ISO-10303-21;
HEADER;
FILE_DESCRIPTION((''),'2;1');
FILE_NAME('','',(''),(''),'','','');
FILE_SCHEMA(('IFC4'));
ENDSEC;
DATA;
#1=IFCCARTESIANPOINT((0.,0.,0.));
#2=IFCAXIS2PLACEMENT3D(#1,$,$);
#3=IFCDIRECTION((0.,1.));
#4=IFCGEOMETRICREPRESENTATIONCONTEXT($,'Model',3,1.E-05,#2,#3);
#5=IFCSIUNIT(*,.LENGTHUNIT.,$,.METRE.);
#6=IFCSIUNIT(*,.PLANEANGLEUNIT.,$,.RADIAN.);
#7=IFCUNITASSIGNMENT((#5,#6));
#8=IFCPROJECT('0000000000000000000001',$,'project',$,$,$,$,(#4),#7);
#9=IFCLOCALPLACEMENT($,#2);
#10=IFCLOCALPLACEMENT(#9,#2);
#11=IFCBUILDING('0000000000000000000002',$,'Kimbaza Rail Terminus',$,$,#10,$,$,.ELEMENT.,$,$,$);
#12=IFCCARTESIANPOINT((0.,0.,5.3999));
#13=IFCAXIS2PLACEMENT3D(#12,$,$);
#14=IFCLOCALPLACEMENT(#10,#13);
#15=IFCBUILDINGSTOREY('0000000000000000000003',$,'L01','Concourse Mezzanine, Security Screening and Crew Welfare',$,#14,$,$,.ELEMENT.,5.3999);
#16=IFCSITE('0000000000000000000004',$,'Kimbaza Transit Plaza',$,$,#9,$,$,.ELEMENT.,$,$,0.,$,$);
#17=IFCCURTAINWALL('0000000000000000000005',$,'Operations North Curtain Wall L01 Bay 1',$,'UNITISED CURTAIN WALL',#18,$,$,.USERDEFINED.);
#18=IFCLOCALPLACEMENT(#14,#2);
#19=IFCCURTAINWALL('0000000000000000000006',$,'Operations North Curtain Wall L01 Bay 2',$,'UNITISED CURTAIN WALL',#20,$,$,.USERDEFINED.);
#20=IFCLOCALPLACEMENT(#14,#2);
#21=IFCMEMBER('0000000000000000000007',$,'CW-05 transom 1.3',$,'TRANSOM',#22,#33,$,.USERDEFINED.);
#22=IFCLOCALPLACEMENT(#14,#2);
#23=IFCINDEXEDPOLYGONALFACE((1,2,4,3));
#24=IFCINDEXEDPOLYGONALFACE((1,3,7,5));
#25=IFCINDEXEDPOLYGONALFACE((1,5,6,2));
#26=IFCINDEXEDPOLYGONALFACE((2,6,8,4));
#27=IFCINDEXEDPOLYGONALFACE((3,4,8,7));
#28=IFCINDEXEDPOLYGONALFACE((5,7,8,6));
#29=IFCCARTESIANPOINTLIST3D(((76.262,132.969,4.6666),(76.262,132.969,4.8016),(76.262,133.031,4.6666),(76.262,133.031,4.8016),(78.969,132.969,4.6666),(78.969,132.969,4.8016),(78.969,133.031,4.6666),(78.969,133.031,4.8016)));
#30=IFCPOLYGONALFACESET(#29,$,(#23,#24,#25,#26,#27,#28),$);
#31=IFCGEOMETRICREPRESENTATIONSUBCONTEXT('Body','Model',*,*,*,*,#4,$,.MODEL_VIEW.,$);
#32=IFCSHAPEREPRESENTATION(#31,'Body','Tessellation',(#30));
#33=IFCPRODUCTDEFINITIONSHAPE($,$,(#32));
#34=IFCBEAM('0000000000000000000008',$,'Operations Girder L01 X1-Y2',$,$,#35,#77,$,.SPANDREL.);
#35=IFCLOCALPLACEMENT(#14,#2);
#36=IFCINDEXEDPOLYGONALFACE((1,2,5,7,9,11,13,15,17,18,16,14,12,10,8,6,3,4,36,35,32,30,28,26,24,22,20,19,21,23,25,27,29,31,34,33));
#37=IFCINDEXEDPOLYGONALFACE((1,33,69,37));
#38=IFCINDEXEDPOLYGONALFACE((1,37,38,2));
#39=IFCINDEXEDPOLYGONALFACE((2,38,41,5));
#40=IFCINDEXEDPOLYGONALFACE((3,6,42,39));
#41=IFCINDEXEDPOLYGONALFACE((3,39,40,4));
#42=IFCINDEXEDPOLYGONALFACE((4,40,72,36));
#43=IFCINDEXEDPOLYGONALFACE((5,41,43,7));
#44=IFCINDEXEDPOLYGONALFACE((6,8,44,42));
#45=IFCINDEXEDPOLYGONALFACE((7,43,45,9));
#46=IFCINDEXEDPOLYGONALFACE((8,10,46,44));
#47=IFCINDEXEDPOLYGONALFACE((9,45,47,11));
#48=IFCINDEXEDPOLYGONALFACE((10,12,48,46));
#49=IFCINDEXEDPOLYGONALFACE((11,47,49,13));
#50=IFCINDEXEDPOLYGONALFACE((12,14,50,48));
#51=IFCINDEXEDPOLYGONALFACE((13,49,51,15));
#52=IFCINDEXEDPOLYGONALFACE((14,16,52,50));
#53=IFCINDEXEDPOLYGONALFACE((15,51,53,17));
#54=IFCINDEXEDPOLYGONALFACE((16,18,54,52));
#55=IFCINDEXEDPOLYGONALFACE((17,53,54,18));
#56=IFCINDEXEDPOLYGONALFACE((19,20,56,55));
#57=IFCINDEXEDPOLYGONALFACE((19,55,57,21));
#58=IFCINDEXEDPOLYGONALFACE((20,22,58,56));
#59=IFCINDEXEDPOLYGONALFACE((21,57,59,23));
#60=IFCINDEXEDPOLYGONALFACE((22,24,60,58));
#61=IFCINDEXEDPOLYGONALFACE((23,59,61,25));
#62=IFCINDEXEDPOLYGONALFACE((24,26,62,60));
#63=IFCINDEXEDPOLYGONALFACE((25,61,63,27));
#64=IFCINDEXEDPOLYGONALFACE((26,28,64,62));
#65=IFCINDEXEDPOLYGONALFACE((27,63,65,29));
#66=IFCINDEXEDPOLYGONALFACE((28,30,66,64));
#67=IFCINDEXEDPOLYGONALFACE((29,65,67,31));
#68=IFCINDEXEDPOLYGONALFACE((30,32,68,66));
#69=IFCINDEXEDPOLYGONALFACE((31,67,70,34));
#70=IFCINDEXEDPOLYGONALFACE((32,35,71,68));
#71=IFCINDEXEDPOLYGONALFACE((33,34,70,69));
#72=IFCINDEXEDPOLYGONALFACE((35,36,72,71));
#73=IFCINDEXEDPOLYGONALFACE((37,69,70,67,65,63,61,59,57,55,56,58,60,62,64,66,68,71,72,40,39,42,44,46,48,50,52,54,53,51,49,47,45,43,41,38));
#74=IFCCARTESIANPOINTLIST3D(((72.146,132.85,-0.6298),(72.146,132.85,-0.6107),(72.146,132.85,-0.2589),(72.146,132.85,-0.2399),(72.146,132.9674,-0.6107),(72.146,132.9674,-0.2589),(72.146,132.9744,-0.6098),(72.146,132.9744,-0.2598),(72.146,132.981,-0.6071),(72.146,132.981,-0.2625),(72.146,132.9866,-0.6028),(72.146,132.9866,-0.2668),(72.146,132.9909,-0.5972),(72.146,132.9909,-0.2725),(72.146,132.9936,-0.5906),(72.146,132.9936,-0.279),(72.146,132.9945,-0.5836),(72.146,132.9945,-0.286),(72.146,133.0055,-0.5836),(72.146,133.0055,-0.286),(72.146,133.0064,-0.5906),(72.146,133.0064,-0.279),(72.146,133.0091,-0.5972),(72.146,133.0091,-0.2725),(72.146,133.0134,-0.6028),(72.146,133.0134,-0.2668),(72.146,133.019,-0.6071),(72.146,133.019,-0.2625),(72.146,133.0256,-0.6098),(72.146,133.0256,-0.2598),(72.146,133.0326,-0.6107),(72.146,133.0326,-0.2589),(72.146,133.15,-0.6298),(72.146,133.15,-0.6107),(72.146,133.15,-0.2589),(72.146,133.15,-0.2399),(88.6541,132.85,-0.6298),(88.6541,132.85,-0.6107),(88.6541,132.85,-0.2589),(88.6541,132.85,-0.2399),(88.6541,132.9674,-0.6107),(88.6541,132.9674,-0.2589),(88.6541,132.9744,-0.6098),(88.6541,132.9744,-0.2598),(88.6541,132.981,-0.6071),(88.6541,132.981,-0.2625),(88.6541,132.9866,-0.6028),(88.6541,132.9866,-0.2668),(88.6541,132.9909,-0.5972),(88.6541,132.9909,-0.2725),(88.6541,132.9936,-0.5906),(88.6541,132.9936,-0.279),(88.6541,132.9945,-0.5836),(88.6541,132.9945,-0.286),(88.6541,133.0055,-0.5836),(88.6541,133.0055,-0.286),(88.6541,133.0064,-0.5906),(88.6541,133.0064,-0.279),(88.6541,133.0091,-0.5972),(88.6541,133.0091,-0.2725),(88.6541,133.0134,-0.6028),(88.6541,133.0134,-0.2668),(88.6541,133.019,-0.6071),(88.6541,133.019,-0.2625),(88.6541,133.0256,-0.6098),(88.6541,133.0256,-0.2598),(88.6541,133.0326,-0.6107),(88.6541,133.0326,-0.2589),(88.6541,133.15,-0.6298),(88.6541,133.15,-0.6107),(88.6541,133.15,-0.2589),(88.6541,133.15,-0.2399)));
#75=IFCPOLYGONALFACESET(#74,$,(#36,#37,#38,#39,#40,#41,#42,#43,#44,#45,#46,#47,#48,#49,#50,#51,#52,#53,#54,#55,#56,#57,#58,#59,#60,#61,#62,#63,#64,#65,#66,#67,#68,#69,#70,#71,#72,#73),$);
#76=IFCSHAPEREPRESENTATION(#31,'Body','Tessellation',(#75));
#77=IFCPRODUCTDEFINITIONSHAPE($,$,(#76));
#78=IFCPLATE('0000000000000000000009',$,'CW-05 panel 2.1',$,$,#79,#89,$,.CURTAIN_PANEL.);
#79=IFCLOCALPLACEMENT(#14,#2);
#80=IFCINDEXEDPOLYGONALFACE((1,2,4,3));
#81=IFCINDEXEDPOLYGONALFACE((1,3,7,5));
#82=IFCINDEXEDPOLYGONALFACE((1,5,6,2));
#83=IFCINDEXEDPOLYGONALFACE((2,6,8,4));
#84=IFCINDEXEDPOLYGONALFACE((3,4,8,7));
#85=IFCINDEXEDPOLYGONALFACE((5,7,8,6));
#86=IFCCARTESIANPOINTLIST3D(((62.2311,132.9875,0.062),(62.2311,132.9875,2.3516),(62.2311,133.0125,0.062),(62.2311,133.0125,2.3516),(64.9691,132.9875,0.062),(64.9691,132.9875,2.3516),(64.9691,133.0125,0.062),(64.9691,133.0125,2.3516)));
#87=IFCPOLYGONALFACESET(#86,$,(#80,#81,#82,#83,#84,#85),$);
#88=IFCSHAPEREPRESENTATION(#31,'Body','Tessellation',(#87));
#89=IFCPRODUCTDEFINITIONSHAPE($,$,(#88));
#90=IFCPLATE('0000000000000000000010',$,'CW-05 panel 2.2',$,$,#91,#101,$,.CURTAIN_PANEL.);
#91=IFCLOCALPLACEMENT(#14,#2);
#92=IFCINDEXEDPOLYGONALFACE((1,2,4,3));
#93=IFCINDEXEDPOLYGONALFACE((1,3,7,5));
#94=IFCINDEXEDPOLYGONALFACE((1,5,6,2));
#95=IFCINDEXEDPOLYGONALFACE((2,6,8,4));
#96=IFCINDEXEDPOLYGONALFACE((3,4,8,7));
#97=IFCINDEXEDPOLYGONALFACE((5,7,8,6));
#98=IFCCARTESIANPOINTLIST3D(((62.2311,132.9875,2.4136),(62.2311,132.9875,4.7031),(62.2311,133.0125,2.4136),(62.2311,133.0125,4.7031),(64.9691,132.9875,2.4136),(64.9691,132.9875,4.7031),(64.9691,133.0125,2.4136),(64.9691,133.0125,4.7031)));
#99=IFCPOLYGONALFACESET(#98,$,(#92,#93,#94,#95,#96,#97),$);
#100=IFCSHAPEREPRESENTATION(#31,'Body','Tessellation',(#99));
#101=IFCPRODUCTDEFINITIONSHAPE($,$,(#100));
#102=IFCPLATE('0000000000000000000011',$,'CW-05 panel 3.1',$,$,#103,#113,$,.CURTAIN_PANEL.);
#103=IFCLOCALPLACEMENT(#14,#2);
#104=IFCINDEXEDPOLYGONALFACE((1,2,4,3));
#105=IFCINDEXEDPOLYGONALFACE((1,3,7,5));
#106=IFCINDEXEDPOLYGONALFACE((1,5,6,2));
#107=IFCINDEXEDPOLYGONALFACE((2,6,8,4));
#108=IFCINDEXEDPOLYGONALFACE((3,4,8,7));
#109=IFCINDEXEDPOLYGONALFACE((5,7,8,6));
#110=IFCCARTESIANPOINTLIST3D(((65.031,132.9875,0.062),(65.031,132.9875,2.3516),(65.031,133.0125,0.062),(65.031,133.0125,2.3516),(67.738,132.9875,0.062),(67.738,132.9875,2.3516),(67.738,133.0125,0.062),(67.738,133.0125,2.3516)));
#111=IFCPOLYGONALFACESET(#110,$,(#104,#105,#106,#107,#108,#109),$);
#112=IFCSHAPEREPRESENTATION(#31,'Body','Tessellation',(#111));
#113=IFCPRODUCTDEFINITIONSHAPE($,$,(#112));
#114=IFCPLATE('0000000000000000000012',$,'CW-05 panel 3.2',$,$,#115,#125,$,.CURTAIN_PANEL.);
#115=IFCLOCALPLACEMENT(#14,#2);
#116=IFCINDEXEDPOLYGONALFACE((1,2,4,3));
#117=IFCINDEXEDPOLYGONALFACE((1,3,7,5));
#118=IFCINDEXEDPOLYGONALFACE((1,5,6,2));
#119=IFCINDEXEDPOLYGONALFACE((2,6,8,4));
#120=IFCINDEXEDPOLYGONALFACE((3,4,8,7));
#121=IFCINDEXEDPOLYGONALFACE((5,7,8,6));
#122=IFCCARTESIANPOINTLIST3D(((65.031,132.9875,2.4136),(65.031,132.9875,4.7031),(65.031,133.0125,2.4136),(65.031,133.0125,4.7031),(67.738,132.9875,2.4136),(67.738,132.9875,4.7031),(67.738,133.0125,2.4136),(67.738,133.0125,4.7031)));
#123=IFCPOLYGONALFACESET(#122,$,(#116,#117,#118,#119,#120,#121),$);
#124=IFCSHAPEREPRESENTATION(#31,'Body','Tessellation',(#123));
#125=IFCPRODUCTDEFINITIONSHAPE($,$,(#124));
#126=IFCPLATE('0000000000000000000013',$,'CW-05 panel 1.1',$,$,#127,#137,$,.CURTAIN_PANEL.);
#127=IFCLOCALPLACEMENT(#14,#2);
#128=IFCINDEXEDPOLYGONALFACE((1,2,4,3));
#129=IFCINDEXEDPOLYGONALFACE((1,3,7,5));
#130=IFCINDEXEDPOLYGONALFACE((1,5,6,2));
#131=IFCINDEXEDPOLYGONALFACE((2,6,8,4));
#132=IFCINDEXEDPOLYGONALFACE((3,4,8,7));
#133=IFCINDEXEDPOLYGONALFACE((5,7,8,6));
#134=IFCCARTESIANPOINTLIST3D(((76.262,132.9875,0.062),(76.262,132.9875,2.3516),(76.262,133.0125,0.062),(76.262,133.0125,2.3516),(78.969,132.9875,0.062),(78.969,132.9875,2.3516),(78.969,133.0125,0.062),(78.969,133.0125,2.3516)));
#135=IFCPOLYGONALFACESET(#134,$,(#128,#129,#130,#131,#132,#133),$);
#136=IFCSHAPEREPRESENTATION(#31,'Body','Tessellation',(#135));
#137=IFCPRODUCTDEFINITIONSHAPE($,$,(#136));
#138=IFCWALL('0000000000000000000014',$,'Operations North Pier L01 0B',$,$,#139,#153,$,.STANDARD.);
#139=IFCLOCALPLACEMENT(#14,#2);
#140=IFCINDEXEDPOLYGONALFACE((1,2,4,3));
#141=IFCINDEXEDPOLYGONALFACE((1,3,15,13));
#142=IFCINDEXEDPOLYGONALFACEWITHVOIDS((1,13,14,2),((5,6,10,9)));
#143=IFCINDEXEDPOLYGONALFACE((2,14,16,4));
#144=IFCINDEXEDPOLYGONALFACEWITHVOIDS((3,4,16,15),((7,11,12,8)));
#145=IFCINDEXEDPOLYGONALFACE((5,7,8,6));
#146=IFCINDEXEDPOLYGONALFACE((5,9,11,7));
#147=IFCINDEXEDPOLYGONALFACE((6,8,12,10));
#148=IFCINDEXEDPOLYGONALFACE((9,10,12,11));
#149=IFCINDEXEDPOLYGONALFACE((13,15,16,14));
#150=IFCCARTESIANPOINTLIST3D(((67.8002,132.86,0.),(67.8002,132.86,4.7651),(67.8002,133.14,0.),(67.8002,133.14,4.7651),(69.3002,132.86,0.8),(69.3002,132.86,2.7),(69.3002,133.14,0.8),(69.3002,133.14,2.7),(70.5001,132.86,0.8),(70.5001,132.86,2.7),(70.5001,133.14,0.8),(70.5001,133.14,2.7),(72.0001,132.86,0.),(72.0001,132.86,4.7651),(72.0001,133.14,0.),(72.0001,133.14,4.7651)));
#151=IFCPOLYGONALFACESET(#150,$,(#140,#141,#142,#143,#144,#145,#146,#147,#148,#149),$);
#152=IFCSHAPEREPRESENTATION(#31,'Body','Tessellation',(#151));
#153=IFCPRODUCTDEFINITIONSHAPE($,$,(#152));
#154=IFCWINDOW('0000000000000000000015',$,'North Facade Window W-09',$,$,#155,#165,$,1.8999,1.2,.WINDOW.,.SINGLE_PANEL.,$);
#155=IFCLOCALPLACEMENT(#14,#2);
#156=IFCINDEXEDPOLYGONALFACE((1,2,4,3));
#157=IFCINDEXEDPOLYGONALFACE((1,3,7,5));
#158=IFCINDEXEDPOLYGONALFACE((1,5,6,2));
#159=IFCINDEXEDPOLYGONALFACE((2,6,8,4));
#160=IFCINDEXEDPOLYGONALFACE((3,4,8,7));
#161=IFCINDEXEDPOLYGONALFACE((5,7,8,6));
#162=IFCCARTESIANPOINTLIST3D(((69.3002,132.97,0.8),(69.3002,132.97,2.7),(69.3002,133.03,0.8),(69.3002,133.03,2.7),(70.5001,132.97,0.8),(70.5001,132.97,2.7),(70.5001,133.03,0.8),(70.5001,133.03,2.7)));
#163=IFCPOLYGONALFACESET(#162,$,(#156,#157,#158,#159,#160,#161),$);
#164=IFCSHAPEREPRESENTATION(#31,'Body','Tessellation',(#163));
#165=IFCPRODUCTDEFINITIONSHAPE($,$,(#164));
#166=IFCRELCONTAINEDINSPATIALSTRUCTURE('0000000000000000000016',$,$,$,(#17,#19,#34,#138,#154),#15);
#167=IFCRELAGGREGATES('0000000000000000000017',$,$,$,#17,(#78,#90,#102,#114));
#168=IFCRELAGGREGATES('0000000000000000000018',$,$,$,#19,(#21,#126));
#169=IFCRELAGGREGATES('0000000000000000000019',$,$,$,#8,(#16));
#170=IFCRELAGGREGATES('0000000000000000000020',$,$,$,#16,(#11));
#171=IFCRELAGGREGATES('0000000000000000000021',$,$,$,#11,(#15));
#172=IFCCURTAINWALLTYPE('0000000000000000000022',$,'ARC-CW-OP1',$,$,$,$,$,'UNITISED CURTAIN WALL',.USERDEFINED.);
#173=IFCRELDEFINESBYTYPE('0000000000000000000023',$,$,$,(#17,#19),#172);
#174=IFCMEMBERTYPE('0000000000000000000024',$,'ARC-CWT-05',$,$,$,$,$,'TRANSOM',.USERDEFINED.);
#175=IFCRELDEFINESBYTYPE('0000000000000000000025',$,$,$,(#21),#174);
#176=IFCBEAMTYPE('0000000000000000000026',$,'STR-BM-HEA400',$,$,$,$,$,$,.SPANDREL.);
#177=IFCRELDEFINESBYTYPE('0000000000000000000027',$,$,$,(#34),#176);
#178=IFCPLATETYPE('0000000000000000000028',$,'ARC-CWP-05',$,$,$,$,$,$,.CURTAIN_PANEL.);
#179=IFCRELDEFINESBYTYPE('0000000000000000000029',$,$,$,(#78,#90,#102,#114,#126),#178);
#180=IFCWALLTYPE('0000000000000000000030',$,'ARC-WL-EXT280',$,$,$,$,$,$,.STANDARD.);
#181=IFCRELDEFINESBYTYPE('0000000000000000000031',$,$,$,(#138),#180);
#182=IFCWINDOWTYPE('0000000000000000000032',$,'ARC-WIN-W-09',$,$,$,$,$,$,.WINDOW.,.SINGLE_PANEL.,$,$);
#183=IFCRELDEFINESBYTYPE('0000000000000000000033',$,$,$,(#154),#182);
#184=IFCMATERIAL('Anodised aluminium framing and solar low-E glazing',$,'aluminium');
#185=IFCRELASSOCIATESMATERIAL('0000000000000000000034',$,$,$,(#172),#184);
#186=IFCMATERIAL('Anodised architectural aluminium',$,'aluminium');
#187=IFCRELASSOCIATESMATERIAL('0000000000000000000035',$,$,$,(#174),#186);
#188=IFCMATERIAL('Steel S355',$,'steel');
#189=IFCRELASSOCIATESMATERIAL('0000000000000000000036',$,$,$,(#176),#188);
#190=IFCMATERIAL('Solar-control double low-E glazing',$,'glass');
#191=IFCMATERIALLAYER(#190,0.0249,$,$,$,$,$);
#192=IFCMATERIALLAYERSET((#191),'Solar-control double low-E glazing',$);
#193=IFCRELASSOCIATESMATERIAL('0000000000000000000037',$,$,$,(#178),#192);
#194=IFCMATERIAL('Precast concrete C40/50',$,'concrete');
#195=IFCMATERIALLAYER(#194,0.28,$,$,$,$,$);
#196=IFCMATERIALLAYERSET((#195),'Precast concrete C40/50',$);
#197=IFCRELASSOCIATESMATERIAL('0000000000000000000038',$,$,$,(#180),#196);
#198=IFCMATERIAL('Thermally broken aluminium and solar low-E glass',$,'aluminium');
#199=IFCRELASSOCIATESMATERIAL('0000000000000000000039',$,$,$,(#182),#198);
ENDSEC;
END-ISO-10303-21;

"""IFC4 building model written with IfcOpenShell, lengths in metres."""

from ifc_helpers import new_model, si_unit, direction, frame, frame_2d, origin, origin_2d, place, context, subcontext, project, spatial, rectangle, i_section, extrude, material, layer, layer_set, material_profile, profile_set, type_object, element, fill, aggregate, save


model = new_model("IFC4")

# Units and contexts
model_context = context("Model", 3, precision=1e-05, world=origin(), true_north=direction((0.0, 1.0)))
body_context = subcontext(model_context, "Body", "Model", "MODEL_VIEW")
ifc_project = project(units=[si_unit("LENGTHUNIT", "METRE"), si_unit("PLANEANGLEUNIT", "RADIAN")], contexts=[model_context])

# Site, building, storey
site_placement = place(None, origin())
site = spatial("IfcSite", under=ifc_project, at=site_placement, Name="Kimbaza Transit Plaza", CompositionType="ELEMENT", RefElevation=0.0)
building_placement = place(site_placement, origin())
building = spatial("IfcBuilding", under=site, at=building_placement, Name="Kimbaza Rail Terminus", CompositionType="ELEMENT")
storey_placement = place(building_placement, frame((0.0, 0.0, 5.3999)))
storey = spatial("IfcBuildingStorey", under=building, at=storey_placement, Name="L01", Description="Concourse Mezzanine, Security Screening and Crew Welfare", CompositionType="ELEMENT", Elevation=5.3999)

# Curtain wall
ifc_material_1 = material(Name="Anodised aluminium framing and solar low-E glazing", Category="aluminium")
curtain_wall_type = type_object("IfcCurtainWallType", Name="ARC-CW-OP1", ElementType="UNITISED CURTAIN WALL", PredefinedType="USERDEFINED", material=ifc_material_1)
curtain_wall_1_placement = place(storey_placement, origin())
curtain_wall_1 = element("IfcCurtainWall", 1, at=curtain_wall_1_placement, inside=storey, type_object=curtain_wall_type, Name="Operations North Curtain Wall L01 Bay 1", ObjectType="UNITISED CURTAIN WALL", PredefinedType="USERDEFINED")

# Curtain wall
curtain_wall_2_placement = place(storey_placement, origin())
curtain_wall_2 = element("IfcCurtainWall", 2, at=curtain_wall_2_placement, inside=storey, type_object=curtain_wall_type, Name="Operations North Curtain Wall L01 Bay 2", ObjectType="UNITISED CURTAIN WALL", PredefinedType="USERDEFINED")

# Member
ifc_material_2 = material(Name="Anodised architectural aluminium", Category="aluminium")
ifc_material_profile_1 = material_profile(ifc_material_2, rectangle(XDim=0.062, YDim=0.135, at=origin_2d()), Name="TRANSOM 62x135")
ifc_profile_set_1 = profile_set([ifc_material_profile_1], Name="Anodised architectural aluminium")
member_type_1 = type_object("IfcMemberType", Name="ARC-CWT-05", ElementType="TRANSOM", PredefinedType="USERDEFINED", material=ifc_profile_set_1)
member_1_placement = place(storey_placement, frame((76.262, 133.0, 4.7341), z_axis=(1.0, 0.0, 0.0), x_axis=(0.0, 1.0, 0.0)))
member_1 = element("IfcMember", 3, at=member_1_placement, type_object=member_type_1, Name="CW-05 transom 1.3", ObjectType="TRANSOM", PredefinedType="USERDEFINED", context=body_context, shape_type="SweptSolid", body=[
    extrude(rectangle(XDim=0.062, YDim=0.135, at=origin_2d()), origin(), (0.0, 0.0, 1.0), 2.707),
])

# Beam
ifc_material_3 = material(Name="Steel S355", Category="steel")
ifc_material_profile_2 = material_profile(ifc_material_3, i_section(OverallWidth=0.3, OverallDepth=0.3899, WebThickness=0.011, FlangeThickness=0.019, FilletRadius=0.0271, at=origin_2d()), Name="HEA 400")
ifc_profile_set_2 = profile_set([ifc_material_profile_2], Name="Steel S355")
beam_type = type_object("IfcBeamType", Name="STR-BM-HEA400", PredefinedType="SPANDREL", material=ifc_profile_set_2)
beam_placement = place(storey_placement, frame((72.146, 133.0, -0.4348), z_axis=(1.0, 0.0, 0.0), x_axis=(0.0, 1.0, 0.0)))
element("IfcBeam", 4, at=beam_placement, inside=storey, type_object=beam_type, Name="Operations Girder L01 X1-Y2", PredefinedType="SPANDREL", context=body_context, shape_type="SweptSolid", body=[
    extrude(i_section(OverallWidth=0.3, OverallDepth=0.3899, WebThickness=0.011, FlangeThickness=0.019, FilletRadius=0.0271, at=origin_2d()), origin(), (0.0, 0.0, 1.0), 16.5081),
])

# Plates
ifc_material_4 = material(Name="Solar-control double low-E glazing", Category="glass")
ifc_layer_1 = layer(ifc_material_4, 0.0249)
ifc_layer_set_1 = layer_set([ifc_layer_1], Name="Solar-control double low-E glazing")
plate_type = type_object("IfcPlateType", Name="ARC-CWP-05", PredefinedType="CURTAIN_PANEL", material=ifc_layer_set_1)
plate_1_placement = place(storey_placement, frame((63.6001, 133.0, 0.062), z_axis=(0.0, 0.0, 1.0), x_axis=(1.0, 0.0, 0.0)))
plate_1 = element("IfcPlate", 5, at=plate_1_placement, type_object=plate_type, Name="CW-05 panel 2.1", PredefinedType="CURTAIN_PANEL", context=body_context, shape_type="SweptSolid", body=[
    extrude(rectangle(XDim=2.738, YDim=0.0249, at=origin_2d()), origin(), (0.0, 0.0, 1.0), 2.2896),
])
plate_2_placement = place(storey_placement, frame((63.6001, 133.0, 2.4136), z_axis=(0.0, 0.0, 1.0), x_axis=(1.0, 0.0, 0.0)))
plate_2 = element("IfcPlate", 6, at=plate_2_placement, type_object=plate_type, Name="CW-05 panel 2.2", PredefinedType="CURTAIN_PANEL", context=body_context, shape_type="SweptSolid", body=[
    extrude(rectangle(XDim=2.738, YDim=0.0249, at=origin_2d()), origin(), (0.0, 0.0, 1.0), 2.2896),
])
plate_3_placement = place(storey_placement, frame((66.3845, 133.0, 0.062), z_axis=(0.0, 0.0, 1.0), x_axis=(1.0, 0.0, 0.0)))
plate_3 = element("IfcPlate", 7, at=plate_3_placement, type_object=plate_type, Name="CW-05 panel 3.1", PredefinedType="CURTAIN_PANEL", context=body_context, shape_type="SweptSolid", body=[
    extrude(rectangle(XDim=2.707, YDim=0.0249, at=origin_2d()), origin(), (0.0, 0.0, 1.0), 2.2896),
])
plate_4_placement = place(storey_placement, frame((66.3845, 133.0, 2.4136), z_axis=(0.0, 0.0, 1.0), x_axis=(1.0, 0.0, 0.0)))
plate_4 = element("IfcPlate", 8, at=plate_4_placement, type_object=plate_type, Name="CW-05 panel 3.2", PredefinedType="CURTAIN_PANEL", context=body_context, shape_type="SweptSolid", body=[
    extrude(rectangle(XDim=2.707, YDim=0.0249, at=origin_2d()), origin(), (0.0, 0.0, 1.0), 2.2896),
])
aggregate(curtain_wall_1, [plate_1, plate_2, plate_3, plate_4])
plate_5_placement = place(storey_placement, frame((77.6155, 133.0, 0.062), z_axis=(0.0, 0.0, 1.0), x_axis=(1.0, 0.0, 0.0)))
plate_5 = element("IfcPlate", 9, at=plate_5_placement, type_object=plate_type, Name="CW-05 panel 1.1", PredefinedType="CURTAIN_PANEL", context=body_context, shape_type="SweptSolid", body=[
    extrude(rectangle(XDim=2.707, YDim=0.0249, at=origin_2d()), origin(), (0.0, 0.0, 1.0), 2.2896),
])
aggregate(curtain_wall_2, [member_1, plate_5])

# Wall, opening, window
ifc_material_5 = material(Name="Precast concrete C40/50", Category="concrete")
ifc_layer_2 = layer(ifc_material_5, 0.28)
ifc_layer_set_2 = layer_set([ifc_layer_2], Name="Precast concrete C40/50")
wall_type = type_object("IfcWallType", Name="ARC-WL-EXT280", PredefinedType="STANDARD", material=ifc_layer_set_2)
wall_1_placement = place(storey_placement, frame((67.8, 133.0, 0.0), z_axis=(0.0, 0.0, 1.0), x_axis=(1.0, 0.0, 0.0)))
wall_1 = element("IfcWall", 10, at=wall_1_placement, inside=storey, type_object=wall_type, Name="Operations North Pier L01 0B", PredefinedType="STANDARD", context=body_context, shape_type="SweptSolid", body=[
    extrude(rectangle(XDim=4.2, YDim=0.28, at=frame_2d((2.1001, 0.0))), origin(), (0.0, 0.0, 1.0), 4.7651),
])
opening_1_placement = place(wall_1_placement, frame((1.5, 0.0, 0.8)))
opening_1 = element("IfcOpeningElement", 11, at=opening_1_placement, cuts=wall_1, PredefinedType="OPENING", context=body_context, shape_type="SweptSolid", body=[
    extrude(rectangle(XDim=1.2, YDim=1.8999, at=frame_2d((0.6001, 0.95))), frame((0.0, 0.1499, 0.0), z_axis=(0.0, -1.0, 0.0), x_axis=(1.0, 0.0, 0.0)), (0.0, 0.0, 1.0), 0.3),
])
ifc_material_6 = material(Name="Thermally broken aluminium and solar low-E glass", Category="aluminium")
window_type_1 = type_object("IfcWindowType", Name="ARC-WIN-W-09", PartitioningType="SINGLE_PANEL", PredefinedType="WINDOW", material=ifc_material_6)
window_1_placement = place(opening_1_placement, origin())
window_1 = element("IfcWindow", 12, at=window_1_placement, inside=storey, type_object=window_type_1, Name="North Facade Window W-09", OverallHeight=1.8999, OverallWidth=1.2, PartitioningType="SINGLE_PANEL", PredefinedType="WINDOW", context=body_context, shape_type="SweptSolid", body=[
    extrude(rectangle(XDim=1.2, YDim=1.8999, at=frame_2d((0.6001, 0.95))), frame((0.0, 0.03, 0.0), z_axis=(0.0, -1.0, 0.0), x_axis=(1.0, 0.0, 0.0)), (0.0, 0.0, 1.0), 0.0601),
])
fill(opening_1, window_1)

save(model, "model.ifc")
